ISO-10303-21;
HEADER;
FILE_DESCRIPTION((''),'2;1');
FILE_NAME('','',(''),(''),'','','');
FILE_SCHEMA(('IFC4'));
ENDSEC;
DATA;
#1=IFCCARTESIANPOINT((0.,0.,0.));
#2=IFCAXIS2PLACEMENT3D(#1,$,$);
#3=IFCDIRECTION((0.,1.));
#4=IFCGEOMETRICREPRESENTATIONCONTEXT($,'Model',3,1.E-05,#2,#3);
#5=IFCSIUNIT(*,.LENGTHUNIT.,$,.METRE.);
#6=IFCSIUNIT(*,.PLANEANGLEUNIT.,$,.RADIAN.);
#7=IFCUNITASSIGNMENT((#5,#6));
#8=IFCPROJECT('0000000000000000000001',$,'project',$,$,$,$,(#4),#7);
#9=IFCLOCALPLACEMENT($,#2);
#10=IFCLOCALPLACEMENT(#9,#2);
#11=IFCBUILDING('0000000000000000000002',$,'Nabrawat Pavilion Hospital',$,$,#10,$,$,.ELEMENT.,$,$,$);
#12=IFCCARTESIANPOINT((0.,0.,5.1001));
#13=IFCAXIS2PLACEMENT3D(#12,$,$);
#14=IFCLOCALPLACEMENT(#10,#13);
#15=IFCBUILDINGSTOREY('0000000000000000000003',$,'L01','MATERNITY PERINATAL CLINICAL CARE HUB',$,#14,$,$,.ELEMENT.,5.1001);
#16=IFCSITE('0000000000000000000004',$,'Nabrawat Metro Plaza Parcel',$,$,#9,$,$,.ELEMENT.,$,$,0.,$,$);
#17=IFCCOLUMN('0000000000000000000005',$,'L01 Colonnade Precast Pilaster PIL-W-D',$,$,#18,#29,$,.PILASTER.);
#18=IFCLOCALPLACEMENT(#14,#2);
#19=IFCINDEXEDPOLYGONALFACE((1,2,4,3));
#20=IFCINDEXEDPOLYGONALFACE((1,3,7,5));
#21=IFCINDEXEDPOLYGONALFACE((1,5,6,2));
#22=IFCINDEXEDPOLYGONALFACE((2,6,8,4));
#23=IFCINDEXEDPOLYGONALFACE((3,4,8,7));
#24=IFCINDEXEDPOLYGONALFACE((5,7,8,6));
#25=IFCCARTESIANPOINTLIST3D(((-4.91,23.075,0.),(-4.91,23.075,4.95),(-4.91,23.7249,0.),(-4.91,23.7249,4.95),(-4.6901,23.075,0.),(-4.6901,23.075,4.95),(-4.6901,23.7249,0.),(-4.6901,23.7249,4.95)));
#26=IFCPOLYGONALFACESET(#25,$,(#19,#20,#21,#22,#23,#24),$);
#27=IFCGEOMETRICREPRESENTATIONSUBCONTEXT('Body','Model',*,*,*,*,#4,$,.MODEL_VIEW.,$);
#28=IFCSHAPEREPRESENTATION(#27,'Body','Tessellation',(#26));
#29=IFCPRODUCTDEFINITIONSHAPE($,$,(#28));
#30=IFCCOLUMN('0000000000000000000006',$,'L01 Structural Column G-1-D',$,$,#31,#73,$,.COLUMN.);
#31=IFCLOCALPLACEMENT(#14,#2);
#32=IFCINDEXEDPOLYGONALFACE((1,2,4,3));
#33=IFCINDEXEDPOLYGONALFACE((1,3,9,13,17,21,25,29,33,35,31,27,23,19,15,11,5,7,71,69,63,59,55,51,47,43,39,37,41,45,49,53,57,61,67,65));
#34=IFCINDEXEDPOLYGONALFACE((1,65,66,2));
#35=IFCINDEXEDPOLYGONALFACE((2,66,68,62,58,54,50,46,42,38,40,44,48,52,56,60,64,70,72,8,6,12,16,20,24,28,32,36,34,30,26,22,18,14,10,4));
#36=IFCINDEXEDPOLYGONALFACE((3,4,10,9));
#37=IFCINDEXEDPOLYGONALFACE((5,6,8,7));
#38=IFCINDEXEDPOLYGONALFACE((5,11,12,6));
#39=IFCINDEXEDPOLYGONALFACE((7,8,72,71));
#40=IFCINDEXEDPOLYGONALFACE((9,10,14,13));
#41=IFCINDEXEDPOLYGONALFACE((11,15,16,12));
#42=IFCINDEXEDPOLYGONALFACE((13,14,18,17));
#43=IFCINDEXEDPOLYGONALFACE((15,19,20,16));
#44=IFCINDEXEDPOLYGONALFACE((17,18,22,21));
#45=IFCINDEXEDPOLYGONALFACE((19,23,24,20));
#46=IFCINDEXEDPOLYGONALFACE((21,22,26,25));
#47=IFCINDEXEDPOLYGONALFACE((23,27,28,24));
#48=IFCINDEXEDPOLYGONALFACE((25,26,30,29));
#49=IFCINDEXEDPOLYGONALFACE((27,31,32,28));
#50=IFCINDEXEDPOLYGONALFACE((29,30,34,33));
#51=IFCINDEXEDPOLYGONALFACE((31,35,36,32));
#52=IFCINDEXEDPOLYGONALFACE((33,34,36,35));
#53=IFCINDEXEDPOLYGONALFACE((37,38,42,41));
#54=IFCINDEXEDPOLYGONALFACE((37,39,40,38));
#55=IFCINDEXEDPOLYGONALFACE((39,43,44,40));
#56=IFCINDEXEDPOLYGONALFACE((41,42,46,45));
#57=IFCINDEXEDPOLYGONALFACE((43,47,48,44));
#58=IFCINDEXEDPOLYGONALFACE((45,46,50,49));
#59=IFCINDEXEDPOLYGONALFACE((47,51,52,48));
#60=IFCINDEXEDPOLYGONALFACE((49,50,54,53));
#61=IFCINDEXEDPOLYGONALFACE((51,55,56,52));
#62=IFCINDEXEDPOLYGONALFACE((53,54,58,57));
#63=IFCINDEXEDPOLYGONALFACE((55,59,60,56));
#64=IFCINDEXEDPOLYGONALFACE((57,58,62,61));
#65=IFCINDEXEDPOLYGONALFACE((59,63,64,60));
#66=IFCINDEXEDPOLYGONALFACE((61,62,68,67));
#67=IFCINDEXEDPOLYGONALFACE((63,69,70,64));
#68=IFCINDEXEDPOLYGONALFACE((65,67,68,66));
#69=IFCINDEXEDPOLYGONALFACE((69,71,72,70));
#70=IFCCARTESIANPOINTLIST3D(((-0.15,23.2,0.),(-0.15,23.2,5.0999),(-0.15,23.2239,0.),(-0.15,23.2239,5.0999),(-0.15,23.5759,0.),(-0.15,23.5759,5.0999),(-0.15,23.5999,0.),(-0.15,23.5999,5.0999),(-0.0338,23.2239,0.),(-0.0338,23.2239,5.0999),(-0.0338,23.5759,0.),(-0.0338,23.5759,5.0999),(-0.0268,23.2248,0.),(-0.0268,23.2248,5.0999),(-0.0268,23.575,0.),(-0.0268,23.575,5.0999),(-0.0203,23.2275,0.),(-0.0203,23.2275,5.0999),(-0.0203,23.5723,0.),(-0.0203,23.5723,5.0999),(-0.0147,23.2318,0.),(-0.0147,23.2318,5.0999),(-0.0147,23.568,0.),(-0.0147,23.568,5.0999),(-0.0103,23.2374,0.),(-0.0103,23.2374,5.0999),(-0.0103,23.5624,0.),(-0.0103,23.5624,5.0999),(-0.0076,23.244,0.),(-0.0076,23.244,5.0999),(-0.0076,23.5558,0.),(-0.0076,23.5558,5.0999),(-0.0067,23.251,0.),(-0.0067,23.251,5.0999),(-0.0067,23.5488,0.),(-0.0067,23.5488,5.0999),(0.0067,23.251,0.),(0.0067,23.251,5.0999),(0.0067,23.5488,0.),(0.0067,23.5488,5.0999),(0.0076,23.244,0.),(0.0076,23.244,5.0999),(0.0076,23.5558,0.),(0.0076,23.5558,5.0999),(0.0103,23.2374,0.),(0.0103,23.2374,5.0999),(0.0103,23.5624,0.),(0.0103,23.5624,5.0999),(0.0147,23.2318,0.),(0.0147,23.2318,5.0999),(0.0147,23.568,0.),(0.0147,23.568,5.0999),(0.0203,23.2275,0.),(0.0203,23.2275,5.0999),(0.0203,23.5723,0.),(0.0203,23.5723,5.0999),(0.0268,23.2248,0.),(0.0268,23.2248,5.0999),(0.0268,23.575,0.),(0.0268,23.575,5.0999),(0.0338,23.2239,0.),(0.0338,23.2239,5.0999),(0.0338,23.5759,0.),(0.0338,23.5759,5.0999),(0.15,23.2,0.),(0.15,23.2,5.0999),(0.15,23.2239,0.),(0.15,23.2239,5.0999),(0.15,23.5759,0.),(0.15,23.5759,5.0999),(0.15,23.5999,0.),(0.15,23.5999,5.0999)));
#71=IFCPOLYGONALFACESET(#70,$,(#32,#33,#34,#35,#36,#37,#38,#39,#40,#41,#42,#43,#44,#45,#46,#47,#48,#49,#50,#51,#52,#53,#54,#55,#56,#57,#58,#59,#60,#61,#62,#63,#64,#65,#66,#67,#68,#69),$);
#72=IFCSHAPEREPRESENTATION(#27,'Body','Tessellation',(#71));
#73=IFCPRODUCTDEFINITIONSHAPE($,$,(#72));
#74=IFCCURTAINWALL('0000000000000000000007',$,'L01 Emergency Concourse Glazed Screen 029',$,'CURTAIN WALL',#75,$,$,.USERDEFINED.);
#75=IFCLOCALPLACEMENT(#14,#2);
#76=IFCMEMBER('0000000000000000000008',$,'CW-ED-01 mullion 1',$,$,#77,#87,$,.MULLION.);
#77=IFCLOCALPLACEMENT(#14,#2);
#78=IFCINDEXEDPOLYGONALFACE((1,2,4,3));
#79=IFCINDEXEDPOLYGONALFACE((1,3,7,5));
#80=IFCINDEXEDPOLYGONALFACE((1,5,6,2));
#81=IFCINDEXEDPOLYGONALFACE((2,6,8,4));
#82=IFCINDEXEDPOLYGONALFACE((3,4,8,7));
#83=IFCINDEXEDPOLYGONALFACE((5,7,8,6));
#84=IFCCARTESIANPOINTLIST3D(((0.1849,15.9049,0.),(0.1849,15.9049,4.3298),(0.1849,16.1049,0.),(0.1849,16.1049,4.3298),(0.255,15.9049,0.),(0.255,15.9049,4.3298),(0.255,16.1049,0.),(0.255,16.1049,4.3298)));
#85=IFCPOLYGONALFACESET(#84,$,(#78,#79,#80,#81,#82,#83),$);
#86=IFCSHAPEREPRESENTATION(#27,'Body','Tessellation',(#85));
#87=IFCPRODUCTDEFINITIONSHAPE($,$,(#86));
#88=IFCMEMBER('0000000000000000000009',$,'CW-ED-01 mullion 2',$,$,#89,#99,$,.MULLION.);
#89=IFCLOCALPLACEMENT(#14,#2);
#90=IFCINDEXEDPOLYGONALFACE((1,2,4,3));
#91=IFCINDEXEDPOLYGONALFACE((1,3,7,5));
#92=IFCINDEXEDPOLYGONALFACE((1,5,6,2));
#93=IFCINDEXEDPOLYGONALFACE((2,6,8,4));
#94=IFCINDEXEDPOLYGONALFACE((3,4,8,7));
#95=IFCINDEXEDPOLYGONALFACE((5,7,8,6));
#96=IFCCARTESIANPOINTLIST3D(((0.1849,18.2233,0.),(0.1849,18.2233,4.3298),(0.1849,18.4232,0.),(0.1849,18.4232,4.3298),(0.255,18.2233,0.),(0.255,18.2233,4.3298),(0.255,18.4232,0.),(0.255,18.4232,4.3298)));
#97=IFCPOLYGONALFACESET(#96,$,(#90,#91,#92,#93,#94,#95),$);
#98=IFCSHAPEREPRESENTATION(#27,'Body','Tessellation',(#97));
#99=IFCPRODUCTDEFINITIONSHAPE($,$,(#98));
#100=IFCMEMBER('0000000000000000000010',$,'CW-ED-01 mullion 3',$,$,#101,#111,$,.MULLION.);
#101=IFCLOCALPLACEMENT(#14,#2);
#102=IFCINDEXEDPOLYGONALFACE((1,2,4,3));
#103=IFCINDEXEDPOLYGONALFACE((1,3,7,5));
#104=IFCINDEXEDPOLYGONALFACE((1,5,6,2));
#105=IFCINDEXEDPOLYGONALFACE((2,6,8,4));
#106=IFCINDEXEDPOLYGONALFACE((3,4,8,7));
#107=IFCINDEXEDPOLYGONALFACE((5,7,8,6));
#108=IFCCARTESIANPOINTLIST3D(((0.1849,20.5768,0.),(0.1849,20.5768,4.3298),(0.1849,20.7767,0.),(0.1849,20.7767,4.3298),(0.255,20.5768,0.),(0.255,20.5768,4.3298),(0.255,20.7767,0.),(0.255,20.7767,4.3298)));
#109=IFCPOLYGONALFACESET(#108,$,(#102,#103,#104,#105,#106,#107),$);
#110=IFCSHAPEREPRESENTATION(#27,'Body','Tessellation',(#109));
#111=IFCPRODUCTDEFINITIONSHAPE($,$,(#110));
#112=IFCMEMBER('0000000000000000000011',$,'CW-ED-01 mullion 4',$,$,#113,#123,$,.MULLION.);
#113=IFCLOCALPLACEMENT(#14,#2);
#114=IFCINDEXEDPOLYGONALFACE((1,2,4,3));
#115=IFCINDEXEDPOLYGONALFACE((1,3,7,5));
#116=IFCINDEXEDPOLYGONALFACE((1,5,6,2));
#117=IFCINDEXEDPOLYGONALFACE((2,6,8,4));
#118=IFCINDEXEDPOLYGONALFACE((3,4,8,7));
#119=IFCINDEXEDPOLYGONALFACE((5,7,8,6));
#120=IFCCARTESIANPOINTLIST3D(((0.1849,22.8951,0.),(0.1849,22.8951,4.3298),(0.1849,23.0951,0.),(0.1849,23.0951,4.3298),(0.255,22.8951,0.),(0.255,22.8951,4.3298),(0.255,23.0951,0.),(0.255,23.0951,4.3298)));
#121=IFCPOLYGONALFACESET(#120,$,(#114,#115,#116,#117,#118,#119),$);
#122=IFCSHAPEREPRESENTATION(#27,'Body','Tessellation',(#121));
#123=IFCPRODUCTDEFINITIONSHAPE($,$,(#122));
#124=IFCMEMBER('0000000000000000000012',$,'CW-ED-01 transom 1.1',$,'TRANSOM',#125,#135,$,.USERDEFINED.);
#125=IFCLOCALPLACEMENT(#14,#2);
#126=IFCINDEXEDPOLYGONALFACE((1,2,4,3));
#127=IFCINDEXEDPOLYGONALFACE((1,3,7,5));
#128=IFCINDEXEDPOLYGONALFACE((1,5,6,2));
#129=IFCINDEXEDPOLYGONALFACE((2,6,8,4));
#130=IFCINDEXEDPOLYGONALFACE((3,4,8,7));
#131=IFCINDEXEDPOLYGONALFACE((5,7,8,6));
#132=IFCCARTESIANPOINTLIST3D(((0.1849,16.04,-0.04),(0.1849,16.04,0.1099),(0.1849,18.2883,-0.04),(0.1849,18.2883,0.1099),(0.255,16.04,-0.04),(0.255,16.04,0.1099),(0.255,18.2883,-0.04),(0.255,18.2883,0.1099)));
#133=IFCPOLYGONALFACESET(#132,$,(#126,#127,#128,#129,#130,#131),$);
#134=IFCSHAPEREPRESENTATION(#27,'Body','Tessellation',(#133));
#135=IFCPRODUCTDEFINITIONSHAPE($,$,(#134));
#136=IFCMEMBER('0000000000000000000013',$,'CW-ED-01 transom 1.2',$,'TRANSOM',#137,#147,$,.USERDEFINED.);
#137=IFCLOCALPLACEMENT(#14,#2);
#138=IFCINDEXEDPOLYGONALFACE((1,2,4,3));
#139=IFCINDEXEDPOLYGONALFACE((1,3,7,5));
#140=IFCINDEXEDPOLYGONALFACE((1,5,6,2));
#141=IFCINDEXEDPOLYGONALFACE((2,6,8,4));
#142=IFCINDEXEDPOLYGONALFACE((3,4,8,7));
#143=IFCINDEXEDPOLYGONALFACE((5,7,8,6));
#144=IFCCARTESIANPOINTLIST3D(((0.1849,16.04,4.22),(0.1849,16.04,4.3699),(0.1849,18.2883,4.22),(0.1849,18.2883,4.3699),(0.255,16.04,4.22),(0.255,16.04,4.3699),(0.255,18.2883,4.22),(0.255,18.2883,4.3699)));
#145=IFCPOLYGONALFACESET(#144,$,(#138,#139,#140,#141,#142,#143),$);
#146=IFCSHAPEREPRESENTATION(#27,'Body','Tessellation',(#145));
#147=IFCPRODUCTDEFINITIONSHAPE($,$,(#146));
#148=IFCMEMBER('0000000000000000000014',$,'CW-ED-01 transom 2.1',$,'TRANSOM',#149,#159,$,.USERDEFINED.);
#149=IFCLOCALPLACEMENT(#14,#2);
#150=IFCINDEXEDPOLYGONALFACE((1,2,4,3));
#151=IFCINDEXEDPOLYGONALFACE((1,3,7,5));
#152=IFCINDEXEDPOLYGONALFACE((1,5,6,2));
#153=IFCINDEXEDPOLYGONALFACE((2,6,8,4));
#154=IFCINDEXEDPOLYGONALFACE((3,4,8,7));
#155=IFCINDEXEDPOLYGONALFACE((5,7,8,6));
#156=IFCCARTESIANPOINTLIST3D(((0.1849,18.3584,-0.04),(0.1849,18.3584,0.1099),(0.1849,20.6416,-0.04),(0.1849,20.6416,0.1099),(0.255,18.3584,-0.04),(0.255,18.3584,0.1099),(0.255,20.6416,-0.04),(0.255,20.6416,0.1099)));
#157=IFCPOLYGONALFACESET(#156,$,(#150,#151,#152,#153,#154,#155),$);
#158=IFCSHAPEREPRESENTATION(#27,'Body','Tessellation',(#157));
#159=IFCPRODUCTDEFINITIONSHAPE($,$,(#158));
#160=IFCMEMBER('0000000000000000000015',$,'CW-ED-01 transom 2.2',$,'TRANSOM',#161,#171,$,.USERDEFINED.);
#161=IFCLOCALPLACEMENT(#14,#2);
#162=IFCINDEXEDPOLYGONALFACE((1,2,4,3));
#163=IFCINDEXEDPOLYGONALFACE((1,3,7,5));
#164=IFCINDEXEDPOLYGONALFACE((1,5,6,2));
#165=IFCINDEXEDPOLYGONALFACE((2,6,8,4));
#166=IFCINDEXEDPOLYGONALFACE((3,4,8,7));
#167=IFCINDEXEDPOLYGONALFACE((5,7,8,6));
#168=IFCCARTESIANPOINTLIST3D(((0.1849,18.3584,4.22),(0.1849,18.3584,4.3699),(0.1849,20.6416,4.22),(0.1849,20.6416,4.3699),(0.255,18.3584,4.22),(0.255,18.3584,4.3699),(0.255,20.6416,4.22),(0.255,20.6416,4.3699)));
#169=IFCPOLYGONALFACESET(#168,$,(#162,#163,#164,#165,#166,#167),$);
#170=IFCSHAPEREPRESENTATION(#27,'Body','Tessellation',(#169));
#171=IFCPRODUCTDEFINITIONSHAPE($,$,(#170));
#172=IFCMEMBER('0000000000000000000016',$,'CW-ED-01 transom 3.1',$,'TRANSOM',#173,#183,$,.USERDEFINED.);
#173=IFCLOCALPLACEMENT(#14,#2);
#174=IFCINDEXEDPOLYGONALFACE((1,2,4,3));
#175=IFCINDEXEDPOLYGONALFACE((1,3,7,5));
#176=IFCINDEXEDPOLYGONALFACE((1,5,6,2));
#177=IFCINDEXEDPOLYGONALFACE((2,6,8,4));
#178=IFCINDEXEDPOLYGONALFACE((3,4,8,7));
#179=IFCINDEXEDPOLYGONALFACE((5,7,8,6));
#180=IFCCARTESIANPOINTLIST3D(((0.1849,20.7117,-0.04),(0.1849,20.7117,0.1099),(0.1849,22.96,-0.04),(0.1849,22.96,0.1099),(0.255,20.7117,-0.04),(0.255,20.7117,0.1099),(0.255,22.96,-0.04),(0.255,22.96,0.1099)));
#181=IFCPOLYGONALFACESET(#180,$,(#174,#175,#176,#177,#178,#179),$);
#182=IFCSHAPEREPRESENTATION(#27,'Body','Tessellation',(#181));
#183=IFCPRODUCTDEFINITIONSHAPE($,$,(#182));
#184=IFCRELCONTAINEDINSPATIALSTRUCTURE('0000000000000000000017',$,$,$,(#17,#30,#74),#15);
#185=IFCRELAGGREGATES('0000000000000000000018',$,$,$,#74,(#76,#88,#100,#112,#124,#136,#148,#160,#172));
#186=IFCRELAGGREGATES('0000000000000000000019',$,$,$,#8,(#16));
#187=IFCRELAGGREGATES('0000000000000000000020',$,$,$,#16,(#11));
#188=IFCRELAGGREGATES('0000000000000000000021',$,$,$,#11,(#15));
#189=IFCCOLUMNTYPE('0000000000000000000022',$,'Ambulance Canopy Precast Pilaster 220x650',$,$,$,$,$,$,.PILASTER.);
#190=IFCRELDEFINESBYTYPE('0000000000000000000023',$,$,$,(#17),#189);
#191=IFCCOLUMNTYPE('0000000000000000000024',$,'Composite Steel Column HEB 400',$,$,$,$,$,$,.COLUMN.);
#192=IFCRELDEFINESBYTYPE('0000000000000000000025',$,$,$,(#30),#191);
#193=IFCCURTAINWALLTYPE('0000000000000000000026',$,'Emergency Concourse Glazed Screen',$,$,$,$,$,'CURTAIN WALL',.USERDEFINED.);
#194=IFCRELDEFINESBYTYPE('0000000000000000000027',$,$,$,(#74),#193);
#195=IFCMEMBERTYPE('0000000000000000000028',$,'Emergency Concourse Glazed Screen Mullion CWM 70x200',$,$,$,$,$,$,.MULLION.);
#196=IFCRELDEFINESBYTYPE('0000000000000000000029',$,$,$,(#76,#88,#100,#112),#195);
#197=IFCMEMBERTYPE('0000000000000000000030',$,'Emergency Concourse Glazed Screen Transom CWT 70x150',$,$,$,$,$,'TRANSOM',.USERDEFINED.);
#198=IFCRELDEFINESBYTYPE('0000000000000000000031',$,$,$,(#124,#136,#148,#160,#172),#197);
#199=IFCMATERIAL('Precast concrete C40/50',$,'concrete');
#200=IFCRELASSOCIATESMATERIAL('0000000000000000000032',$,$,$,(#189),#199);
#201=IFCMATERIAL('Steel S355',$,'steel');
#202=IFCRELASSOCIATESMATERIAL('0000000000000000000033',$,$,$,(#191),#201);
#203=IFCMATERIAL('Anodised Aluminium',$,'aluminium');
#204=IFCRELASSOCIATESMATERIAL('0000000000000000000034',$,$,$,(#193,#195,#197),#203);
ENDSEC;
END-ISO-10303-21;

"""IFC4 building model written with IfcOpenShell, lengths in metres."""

from ifc_helpers import new_model, si_unit, direction, frame, origin, origin_2d, place, context, subcontext, project, spatial, rectangle, i_section, extrude, material, material_profile, profile_set, type_object, element, aggregate, save


model = new_model("IFC4")

# Units and contexts
model_context = context("Model", 3, precision=1e-05, world=origin(), true_north=direction((0.0, 1.0)))
body_context = subcontext(model_context, "Body", "Model", "MODEL_VIEW")
ifc_project = project(units=[si_unit("LENGTHUNIT", "METRE"), si_unit("PLANEANGLEUNIT", "RADIAN")], contexts=[model_context])

# Site, building, storey
site_placement = place(None, origin())
site = spatial("IfcSite", under=ifc_project, at=site_placement, Name="Nabrawat Metro Plaza Parcel", CompositionType="ELEMENT", RefElevation=0.0)
building_placement = place(site_placement, origin())
building = spatial("IfcBuilding", under=site, at=building_placement, Name="Nabrawat Pavilion Hospital", CompositionType="ELEMENT")
storey_placement = place(building_placement, frame((0.0, 0.0, 5.1001)))
storey = spatial("IfcBuildingStorey", under=building, at=storey_placement, Name="L01", Description="MATERNITY PERINATAL CLINICAL CARE HUB", CompositionType="ELEMENT", Elevation=5.1001)

# Columns
ifc_material_1 = material(Name="Precast concrete C40/50", Category="concrete")
ifc_material_profile_1 = material_profile(ifc_material_1, rectangle(XDim=0.22, YDim=0.6499, at=origin_2d()), Name="PC 220x650")
ifc_profile_set_1 = profile_set([ifc_material_profile_1], Name="Precast concrete C40/50")
column_type_1 = type_object("IfcColumnType", Name="Ambulance Canopy Precast Pilaster 220x650", PredefinedType="PILASTER", material=ifc_profile_set_1)
column_1_placement = place(storey_placement, frame((-4.8, 23.3999, 0.0), z_axis=(0.0, 0.0, 1.0), x_axis=(1.0, 0.0, 0.0)))
element("IfcColumn", 1, at=column_1_placement, inside=storey, type_object=column_type_1, Name="L01 Colonnade Precast Pilaster PIL-W-D", PredefinedType="PILASTER", context=body_context, shape_type="SweptSolid", body=[
    extrude(rectangle(XDim=0.22, YDim=0.6499, at=origin_2d()), origin(), (0.0, 0.0, 1.0), 4.95),
])
ifc_material_2 = material(Name="Steel S355", Category="steel")
ifc_material_profile_2 = material_profile(ifc_material_2, i_section(OverallWidth=0.3, OverallDepth=0.3999, WebThickness=0.0134, FlangeThickness=0.0239, FilletRadius=0.0271, at=origin_2d()), Name="HEB 400")
ifc_profile_set_2 = profile_set([ifc_material_profile_2], Name="Steel S355")
column_type_2 = type_object("IfcColumnType", Name="Composite Steel Column HEB 400", PredefinedType="COLUMN", material=ifc_profile_set_2)
column_2_placement = place(storey_placement, frame((0.0, 23.3999, 0.0), z_axis=(0.0, 0.0, 1.0), x_axis=(1.0, 0.0, 0.0)))
element("IfcColumn", 2, at=column_2_placement, inside=storey, type_object=column_type_2, Name="L01 Structural Column G-1-D", PredefinedType="COLUMN", context=body_context, shape_type="SweptSolid", body=[
    extrude(i_section(OverallWidth=0.3, OverallDepth=0.3999, WebThickness=0.0134, FlangeThickness=0.0239, FilletRadius=0.0271, at=origin_2d()), origin(), (0.0, 0.0, 1.0), 5.0999),
])

# Curtain wall, members
ifc_material_3 = material(Name="Anodised Aluminium", Category="aluminium")
curtain_wall_type = type_object("IfcCurtainWallType", Name="Emergency Concourse Glazed Screen", ElementType="CURTAIN WALL", PredefinedType="USERDEFINED", material=ifc_material_3)
curtain_wall_placement = place(storey_placement, origin())
curtain_wall = element("IfcCurtainWall", 3, at=curtain_wall_placement, inside=storey, type_object=curtain_wall_type, Name="L01 Emergency Concourse Glazed Screen 029", ObjectType="CURTAIN WALL", PredefinedType="USERDEFINED")
ifc_material_profile_3 = material_profile(ifc_material_3, rectangle(XDim=0.0701, YDim=0.2, at=origin_2d()), Name="CWM 70x200")
ifc_profile_set_3 = profile_set([ifc_material_profile_3], Name="Anodised Aluminium")
member_type_1 = type_object("IfcMemberType", Name="Emergency Concourse Glazed Screen Mullion CWM 70x200", PredefinedType="MULLION", material=ifc_profile_set_3)
member_1_placement = place(storey_placement, frame((0.22, 16.0049, 0.0), z_axis=(0.0, 0.0, 1.0), x_axis=(-1.0, 0.0, 0.0)))
member_1 = element("IfcMember", 4, at=member_1_placement, type_object=member_type_1, Name="CW-ED-01 mullion 1", PredefinedType="MULLION", context=body_context, shape_type="SweptSolid", body=[
    extrude(rectangle(XDim=0.0701, YDim=0.2, at=origin_2d()), origin(), (0.0, 0.0, 1.0), 4.3298),
])
member_2_placement = place(storey_placement, frame((0.22, 18.3232, 0.0), z_axis=(0.0, 0.0, 1.0), x_axis=(-1.0, 0.0, 0.0)))
member_2 = element("IfcMember", 5, at=member_2_placement, type_object=member_type_1, Name="CW-ED-01 mullion 2", PredefinedType="MULLION", context=body_context, shape_type="SweptSolid", body=[
    extrude(rectangle(XDim=0.0701, YDim=0.2, at=origin_2d()), origin(), (0.0, 0.0, 1.0), 4.3298),
])
member_3_placement = place(storey_placement, frame((0.22, 20.6768, 0.0), z_axis=(0.0, 0.0, 1.0), x_axis=(-1.0, 0.0, 0.0)))
member_3 = element("IfcMember", 6, at=member_3_placement, type_object=member_type_1, Name="CW-ED-01 mullion 3", PredefinedType="MULLION", context=body_context, shape_type="SweptSolid", body=[
    extrude(rectangle(XDim=0.0701, YDim=0.2, at=origin_2d()), origin(), (0.0, 0.0, 1.0), 4.3298),
])
member_4_placement = place(storey_placement, frame((0.22, 22.9951, 0.0), z_axis=(0.0, 0.0, 1.0), x_axis=(-1.0, 0.0, 0.0)))
member_4 = element("IfcMember", 7, at=member_4_placement, type_object=member_type_1, Name="CW-ED-01 mullion 4", PredefinedType="MULLION", context=body_context, shape_type="SweptSolid", body=[
    extrude(rectangle(XDim=0.0701, YDim=0.2, at=origin_2d()), origin(), (0.0, 0.0, 1.0), 4.3298),
])
ifc_material_profile_4 = material_profile(ifc_material_3, rectangle(XDim=0.0701, YDim=0.1499, at=origin_2d()), Name="CWT 70x150")
ifc_profile_set_4 = profile_set([ifc_material_profile_4], Name="Anodised Aluminium")
member_type_2 = type_object("IfcMemberType", Name="Emergency Concourse Glazed Screen Transom CWT 70x150", ElementType="TRANSOM", PredefinedType="USERDEFINED", material=ifc_profile_set_4)
member_5_placement = place(storey_placement, frame((0.22, 16.04, 0.0349), z_axis=(0.0, 1.0, 0.0), x_axis=(-1.0, 0.0, 0.0)))
member_5 = element("IfcMember", 8, at=member_5_placement, type_object=member_type_2, Name="CW-ED-01 transom 1.1", ObjectType="TRANSOM", PredefinedType="USERDEFINED", context=body_context, shape_type="SweptSolid", body=[
    extrude(rectangle(XDim=0.0701, YDim=0.1499, at=origin_2d()), origin(), (0.0, 0.0, 1.0), 2.2483),
])
member_6_placement = place(storey_placement, frame((0.22, 16.04, 4.2949), z_axis=(0.0, 1.0, 0.0), x_axis=(-1.0, 0.0, 0.0)))
member_6 = element("IfcMember", 9, at=member_6_placement, type_object=member_type_2, Name="CW-ED-01 transom 1.2", ObjectType="TRANSOM", PredefinedType="USERDEFINED", context=body_context, shape_type="SweptSolid", body=[
    extrude(rectangle(XDim=0.0701, YDim=0.1499, at=origin_2d()), origin(), (0.0, 0.0, 1.0), 2.2483),
])
member_7_placement = place(storey_placement, frame((0.22, 18.3584, 0.0349), z_axis=(0.0, 1.0, 0.0), x_axis=(-1.0, 0.0, 0.0)))
member_7 = element("IfcMember", 10, at=member_7_placement, type_object=member_type_2, Name="CW-ED-01 transom 2.1", ObjectType="TRANSOM", PredefinedType="USERDEFINED", context=body_context, shape_type="SweptSolid", body=[
    extrude(rectangle(XDim=0.0701, YDim=0.1499, at=origin_2d()), origin(), (0.0, 0.0, 1.0), 2.2832),
])
member_8_placement = place(storey_placement, frame((0.22, 18.3584, 4.2949), z_axis=(0.0, 1.0, 0.0), x_axis=(-1.0, 0.0, 0.0)))
member_8 = element("IfcMember", 11, at=member_8_placement, type_object=member_type_2, Name="CW-ED-01 transom 2.2", ObjectType="TRANSOM", PredefinedType="USERDEFINED", context=body_context, shape_type="SweptSolid", body=[
    extrude(rectangle(XDim=0.0701, YDim=0.1499, at=origin_2d()), origin(), (0.0, 0.0, 1.0), 2.2832),
])
member_9_placement = place(storey_placement, frame((0.22, 20.7117, 0.0349), z_axis=(0.0, 1.0, 0.0), x_axis=(-1.0, 0.0, 0.0)))
member_9 = element("IfcMember", 12, at=member_9_placement, type_object=member_type_2, Name="CW-ED-01 transom 3.1", ObjectType="TRANSOM", PredefinedType="USERDEFINED", context=body_context, shape_type="SweptSolid", body=[
    extrude(rectangle(XDim=0.0701, YDim=0.1499, at=origin_2d()), origin(), (0.0, 0.0, 1.0), 2.2483),
])

aggregate(curtain_wall, [member_1, member_2, member_3, member_4, member_5, member_6, member_7, member_8, member_9])

save(model, "model.ifc")
